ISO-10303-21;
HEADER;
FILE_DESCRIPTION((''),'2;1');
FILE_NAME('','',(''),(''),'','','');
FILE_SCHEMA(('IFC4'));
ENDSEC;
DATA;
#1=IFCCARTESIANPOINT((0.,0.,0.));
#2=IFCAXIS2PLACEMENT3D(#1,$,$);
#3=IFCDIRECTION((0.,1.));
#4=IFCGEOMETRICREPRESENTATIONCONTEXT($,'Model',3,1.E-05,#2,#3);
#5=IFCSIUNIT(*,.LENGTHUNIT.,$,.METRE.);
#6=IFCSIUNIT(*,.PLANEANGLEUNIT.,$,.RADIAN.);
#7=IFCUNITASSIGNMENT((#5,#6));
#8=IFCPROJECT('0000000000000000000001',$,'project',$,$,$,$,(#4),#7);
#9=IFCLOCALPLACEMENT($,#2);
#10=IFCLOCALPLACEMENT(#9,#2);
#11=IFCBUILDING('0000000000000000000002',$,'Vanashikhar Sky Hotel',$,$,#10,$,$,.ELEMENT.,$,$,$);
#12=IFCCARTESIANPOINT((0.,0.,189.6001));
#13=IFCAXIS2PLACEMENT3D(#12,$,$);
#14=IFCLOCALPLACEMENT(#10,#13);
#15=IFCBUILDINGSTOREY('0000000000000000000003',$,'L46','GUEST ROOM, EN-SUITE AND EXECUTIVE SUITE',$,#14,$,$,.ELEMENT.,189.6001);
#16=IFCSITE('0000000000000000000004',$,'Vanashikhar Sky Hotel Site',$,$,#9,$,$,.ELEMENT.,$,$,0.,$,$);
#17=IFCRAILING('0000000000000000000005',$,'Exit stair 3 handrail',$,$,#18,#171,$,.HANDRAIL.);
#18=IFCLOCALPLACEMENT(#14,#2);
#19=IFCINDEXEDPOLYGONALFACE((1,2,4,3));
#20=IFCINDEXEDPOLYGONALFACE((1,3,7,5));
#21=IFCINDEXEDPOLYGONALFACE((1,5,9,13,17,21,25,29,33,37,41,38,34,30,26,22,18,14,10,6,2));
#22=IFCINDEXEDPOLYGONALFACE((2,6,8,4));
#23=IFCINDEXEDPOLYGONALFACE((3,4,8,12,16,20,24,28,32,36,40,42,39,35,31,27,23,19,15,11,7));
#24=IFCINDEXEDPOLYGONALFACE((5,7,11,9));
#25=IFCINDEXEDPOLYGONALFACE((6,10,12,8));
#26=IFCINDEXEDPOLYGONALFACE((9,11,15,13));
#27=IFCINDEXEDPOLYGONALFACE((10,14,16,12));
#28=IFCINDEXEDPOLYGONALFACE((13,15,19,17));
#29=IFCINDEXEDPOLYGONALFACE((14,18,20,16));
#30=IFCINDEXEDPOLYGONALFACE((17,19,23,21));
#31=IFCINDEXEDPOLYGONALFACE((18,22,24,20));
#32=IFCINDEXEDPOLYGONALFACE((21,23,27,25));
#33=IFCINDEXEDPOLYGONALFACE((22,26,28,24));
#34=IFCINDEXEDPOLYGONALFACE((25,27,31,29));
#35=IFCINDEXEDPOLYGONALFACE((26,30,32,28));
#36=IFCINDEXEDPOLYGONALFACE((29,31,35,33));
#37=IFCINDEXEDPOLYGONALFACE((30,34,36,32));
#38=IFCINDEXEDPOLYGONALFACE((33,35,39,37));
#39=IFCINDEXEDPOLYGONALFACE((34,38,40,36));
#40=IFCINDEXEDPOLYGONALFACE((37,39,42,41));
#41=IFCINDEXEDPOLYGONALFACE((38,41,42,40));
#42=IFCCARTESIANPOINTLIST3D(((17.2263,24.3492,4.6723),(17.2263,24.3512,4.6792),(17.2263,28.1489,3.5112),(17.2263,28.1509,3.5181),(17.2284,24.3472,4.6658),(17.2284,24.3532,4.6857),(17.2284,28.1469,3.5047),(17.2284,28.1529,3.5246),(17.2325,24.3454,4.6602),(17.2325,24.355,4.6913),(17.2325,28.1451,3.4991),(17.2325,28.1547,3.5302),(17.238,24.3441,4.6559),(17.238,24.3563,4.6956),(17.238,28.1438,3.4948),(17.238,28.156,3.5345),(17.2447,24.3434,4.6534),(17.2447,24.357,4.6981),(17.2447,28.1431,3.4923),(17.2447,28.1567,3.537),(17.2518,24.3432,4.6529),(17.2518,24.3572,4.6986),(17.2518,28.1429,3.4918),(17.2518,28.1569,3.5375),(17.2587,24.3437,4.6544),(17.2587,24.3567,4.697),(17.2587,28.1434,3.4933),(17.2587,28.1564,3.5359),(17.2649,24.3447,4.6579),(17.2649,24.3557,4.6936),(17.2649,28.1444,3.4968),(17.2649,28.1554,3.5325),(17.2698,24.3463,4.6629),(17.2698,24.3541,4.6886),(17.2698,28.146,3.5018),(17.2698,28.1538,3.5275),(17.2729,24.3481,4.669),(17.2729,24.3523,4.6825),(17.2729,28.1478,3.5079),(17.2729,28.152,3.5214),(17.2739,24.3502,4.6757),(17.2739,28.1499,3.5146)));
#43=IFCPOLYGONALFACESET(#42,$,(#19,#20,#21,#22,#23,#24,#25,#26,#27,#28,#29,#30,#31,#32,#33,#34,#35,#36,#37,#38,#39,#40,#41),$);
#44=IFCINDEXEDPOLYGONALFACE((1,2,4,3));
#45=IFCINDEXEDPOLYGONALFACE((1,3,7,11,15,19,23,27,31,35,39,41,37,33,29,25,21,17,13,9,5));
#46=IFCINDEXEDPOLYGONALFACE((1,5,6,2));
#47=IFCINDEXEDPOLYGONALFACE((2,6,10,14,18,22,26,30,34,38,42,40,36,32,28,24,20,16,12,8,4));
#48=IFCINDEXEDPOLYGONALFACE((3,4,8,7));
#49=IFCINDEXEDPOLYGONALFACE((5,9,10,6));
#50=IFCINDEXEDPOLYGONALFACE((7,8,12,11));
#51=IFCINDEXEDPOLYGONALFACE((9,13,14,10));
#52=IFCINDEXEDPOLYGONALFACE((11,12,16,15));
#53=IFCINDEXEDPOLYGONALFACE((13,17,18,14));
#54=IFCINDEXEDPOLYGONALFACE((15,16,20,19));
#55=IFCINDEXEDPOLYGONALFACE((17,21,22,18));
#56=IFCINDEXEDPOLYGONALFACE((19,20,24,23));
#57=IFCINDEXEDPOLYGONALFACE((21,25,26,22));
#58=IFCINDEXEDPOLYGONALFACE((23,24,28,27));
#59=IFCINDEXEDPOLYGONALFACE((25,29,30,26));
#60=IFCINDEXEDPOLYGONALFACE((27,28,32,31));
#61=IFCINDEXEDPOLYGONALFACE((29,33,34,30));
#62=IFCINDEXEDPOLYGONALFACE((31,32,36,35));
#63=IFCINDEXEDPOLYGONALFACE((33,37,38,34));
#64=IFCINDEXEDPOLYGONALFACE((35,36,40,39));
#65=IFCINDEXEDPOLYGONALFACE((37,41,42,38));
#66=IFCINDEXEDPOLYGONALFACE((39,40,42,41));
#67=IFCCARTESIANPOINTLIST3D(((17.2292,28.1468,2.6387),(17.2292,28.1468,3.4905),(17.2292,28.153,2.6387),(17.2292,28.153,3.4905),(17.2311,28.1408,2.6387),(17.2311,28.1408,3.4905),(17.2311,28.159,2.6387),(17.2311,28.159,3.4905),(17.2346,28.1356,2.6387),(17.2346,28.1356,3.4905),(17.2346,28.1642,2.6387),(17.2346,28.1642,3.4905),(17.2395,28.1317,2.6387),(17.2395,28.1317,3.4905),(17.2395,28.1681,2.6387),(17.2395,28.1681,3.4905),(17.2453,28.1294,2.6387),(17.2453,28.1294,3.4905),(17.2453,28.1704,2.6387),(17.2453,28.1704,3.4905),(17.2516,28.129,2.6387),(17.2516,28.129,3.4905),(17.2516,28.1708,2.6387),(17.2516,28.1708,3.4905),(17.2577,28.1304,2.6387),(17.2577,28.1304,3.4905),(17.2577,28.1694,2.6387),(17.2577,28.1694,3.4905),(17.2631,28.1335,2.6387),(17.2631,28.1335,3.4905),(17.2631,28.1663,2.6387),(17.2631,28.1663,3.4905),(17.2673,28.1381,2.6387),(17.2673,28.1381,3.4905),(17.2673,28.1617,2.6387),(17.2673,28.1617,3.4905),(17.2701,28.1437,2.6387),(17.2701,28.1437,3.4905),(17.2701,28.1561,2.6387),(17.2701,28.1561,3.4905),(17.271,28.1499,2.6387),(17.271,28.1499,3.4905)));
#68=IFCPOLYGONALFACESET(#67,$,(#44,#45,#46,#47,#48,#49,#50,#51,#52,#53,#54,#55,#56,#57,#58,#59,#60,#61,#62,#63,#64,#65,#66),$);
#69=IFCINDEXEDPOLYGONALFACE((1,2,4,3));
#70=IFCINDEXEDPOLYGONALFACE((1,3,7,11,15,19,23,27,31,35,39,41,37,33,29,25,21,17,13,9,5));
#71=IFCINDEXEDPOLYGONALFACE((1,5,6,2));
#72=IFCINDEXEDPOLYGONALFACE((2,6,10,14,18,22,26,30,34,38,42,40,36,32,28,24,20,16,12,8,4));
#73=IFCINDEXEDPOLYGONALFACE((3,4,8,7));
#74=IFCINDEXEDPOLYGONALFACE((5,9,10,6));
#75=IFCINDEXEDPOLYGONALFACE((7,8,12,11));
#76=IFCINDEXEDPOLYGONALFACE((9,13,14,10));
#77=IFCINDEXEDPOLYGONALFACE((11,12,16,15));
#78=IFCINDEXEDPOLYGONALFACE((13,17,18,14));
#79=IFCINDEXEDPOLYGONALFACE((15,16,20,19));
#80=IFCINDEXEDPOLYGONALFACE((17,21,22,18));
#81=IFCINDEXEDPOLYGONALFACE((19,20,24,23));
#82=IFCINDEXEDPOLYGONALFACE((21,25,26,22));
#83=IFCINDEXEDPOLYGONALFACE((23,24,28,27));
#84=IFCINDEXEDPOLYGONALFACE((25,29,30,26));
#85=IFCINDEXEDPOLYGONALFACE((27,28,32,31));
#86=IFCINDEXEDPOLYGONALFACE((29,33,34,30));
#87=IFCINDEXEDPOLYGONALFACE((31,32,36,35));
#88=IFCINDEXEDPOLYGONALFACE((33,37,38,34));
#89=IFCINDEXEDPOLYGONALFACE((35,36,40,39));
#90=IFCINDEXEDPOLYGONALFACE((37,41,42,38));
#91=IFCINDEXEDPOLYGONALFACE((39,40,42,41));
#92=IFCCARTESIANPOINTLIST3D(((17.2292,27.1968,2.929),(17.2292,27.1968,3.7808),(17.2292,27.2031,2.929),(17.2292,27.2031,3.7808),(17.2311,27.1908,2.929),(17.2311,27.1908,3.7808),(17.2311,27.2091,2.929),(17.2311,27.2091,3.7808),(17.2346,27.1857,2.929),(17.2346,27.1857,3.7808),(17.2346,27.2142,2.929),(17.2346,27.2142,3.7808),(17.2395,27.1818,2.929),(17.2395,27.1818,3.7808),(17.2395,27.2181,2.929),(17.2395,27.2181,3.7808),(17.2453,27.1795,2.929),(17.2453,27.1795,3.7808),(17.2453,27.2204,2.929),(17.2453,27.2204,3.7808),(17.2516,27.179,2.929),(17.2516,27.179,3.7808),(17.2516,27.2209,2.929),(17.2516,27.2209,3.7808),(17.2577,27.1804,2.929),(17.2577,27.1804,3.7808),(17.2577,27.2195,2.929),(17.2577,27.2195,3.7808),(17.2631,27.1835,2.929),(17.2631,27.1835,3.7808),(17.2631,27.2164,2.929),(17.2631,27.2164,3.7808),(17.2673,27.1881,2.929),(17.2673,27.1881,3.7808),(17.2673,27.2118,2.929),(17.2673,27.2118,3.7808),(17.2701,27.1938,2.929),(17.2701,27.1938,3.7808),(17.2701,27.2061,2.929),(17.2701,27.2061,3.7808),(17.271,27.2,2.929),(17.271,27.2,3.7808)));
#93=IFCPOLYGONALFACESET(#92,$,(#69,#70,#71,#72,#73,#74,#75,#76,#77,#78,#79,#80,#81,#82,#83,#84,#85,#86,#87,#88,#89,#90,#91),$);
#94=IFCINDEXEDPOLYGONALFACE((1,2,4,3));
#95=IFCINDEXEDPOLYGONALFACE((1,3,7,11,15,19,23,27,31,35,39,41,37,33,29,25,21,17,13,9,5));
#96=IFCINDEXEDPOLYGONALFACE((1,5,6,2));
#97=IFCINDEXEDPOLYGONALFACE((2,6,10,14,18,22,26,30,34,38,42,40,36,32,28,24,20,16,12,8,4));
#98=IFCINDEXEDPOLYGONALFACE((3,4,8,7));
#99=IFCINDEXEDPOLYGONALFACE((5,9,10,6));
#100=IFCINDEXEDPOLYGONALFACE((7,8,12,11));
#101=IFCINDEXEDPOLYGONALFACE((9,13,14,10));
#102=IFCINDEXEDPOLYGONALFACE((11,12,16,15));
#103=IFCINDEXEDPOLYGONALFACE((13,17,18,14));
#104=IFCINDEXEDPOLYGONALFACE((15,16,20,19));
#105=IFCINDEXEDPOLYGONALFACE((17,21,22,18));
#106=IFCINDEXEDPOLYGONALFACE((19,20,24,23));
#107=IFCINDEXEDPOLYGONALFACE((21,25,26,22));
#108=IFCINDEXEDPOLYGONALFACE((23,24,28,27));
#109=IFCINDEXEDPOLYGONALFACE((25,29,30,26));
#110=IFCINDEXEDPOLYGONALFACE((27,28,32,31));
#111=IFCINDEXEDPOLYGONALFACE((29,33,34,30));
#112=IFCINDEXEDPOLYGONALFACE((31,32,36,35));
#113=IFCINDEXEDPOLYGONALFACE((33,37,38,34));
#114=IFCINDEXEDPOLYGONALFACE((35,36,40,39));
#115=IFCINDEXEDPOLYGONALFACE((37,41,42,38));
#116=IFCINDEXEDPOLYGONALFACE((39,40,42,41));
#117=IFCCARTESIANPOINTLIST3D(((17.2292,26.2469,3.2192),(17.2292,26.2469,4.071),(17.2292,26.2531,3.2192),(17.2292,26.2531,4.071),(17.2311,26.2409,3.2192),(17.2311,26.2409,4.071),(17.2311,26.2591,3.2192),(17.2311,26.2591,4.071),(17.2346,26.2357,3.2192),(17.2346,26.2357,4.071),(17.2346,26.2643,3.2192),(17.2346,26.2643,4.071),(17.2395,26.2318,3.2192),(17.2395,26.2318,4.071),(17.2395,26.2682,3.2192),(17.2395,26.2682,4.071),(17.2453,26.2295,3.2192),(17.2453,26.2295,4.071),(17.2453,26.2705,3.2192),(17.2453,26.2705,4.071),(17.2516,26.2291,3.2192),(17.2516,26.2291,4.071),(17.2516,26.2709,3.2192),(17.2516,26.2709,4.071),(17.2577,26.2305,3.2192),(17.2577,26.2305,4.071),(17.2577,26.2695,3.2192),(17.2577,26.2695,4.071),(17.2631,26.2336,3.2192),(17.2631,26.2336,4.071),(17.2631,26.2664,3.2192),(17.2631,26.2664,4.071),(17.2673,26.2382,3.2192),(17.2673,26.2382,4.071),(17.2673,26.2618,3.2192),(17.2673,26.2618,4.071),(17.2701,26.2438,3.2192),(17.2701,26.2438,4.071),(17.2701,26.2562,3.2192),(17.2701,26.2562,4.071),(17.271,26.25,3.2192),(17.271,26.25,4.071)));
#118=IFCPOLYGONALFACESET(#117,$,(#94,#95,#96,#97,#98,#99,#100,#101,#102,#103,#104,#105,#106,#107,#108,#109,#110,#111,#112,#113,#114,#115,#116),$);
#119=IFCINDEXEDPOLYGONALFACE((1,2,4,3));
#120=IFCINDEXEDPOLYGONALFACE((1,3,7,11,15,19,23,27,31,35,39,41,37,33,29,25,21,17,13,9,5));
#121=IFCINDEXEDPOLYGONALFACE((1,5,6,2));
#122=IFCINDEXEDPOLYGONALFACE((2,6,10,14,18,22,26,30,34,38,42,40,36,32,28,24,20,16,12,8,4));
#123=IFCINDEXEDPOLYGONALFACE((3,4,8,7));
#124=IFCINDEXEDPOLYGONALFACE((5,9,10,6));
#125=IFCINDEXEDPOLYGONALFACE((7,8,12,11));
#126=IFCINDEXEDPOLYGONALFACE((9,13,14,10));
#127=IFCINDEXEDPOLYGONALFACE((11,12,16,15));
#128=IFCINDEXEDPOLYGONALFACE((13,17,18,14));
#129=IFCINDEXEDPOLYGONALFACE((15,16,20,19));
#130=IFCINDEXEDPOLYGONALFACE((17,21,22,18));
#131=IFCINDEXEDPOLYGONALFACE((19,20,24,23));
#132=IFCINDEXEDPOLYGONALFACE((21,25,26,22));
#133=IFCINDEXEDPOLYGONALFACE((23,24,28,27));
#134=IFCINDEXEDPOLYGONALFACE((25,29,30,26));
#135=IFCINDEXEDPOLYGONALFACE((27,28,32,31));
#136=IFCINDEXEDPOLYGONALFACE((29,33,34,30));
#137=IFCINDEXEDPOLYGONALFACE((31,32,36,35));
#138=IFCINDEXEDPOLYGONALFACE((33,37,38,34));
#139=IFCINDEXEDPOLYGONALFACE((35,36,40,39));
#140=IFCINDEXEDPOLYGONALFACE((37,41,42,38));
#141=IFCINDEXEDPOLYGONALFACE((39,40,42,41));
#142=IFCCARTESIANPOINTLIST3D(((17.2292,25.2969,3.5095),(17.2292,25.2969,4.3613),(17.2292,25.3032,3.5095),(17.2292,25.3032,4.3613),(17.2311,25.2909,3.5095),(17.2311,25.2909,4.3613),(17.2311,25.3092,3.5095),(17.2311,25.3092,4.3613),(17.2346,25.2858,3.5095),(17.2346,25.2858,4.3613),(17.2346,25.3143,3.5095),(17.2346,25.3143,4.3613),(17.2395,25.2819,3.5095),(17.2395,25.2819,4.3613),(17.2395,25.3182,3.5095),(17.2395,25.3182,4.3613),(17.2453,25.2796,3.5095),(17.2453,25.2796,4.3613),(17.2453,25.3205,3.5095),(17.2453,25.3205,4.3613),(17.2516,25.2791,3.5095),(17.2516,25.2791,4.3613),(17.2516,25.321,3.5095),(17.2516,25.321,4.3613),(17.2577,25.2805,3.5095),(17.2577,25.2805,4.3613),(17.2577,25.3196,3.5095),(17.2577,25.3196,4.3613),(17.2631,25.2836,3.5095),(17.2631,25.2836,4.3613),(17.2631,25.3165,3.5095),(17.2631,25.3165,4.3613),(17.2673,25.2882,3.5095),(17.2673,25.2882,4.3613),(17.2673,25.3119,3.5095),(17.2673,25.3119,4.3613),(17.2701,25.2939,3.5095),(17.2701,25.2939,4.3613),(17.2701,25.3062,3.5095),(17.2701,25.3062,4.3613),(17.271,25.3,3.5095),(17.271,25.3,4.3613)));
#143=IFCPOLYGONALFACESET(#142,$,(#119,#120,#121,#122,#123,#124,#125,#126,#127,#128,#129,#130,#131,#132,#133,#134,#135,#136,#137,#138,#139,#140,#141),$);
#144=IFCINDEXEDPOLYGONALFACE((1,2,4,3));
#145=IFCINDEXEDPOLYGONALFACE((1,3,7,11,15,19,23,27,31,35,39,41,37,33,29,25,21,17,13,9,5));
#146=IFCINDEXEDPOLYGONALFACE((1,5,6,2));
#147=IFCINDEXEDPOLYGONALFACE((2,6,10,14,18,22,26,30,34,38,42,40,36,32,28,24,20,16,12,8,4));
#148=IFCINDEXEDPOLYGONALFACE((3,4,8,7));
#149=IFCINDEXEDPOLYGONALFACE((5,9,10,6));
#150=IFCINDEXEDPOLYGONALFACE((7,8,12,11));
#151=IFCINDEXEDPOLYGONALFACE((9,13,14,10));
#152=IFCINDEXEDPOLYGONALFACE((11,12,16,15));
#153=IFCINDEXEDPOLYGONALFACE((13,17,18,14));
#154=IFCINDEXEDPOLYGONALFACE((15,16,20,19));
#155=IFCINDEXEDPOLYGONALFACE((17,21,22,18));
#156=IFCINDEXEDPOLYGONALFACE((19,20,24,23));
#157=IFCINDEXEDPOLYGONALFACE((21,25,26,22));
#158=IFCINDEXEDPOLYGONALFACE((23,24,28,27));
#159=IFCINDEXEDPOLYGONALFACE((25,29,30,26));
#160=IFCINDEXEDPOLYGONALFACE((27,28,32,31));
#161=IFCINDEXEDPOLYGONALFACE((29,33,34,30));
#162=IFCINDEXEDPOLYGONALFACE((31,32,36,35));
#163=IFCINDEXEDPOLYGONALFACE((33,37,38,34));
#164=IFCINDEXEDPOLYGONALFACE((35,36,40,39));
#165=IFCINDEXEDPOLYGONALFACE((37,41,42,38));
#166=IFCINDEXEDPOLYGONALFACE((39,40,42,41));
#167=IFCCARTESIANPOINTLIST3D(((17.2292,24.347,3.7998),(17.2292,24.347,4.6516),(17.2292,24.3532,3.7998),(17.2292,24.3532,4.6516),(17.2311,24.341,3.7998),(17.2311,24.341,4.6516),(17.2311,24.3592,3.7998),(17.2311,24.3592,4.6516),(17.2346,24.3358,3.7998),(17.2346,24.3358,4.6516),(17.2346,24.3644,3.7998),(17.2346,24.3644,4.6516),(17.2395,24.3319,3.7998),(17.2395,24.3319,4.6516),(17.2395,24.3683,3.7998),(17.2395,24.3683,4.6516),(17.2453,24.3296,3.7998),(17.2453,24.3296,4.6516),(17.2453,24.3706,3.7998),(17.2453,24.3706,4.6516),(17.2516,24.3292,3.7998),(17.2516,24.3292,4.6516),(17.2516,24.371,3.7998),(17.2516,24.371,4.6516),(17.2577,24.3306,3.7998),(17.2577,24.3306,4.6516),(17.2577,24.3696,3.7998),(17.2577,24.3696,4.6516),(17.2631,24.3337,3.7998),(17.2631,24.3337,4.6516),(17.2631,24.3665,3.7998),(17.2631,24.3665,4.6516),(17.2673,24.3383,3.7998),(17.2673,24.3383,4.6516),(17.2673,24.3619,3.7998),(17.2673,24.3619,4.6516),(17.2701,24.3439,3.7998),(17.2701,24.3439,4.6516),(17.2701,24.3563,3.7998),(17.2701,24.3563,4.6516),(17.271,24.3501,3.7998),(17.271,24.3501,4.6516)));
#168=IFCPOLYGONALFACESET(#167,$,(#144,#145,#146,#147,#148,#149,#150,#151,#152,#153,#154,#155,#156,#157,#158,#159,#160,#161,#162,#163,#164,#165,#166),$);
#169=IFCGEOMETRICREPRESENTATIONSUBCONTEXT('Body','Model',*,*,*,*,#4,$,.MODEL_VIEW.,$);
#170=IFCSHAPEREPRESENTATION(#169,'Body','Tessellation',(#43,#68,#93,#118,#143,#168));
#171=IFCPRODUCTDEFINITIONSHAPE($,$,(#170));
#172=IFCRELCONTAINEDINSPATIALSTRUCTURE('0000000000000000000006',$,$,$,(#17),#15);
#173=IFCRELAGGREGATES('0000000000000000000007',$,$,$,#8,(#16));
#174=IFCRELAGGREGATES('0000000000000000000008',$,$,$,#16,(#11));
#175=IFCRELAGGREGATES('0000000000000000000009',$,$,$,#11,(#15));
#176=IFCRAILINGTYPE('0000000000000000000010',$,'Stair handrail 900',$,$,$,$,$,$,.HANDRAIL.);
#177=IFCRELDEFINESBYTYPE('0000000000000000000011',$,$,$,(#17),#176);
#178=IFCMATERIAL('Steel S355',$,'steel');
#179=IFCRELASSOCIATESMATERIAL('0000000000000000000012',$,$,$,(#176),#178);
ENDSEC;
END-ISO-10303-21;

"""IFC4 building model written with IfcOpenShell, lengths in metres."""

from ifc_helpers import new_model, si_unit, direction, frame, origin, origin_2d, place, context, subcontext, project, spatial, circle, extrude, source, transform, mapped, material, type_object, element, save


model = new_model("IFC4")

# Units and contexts
model_context = context("Model", 3, precision=1e-05, world=origin(), true_north=direction((0.0, 1.0)))
body_context = subcontext(model_context, "Body", "Model", "MODEL_VIEW")
ifc_project = project(units=[si_unit("LENGTHUNIT", "METRE"), si_unit("PLANEANGLEUNIT", "RADIAN")], contexts=[model_context])

# Site, building, storey
site_placement = place(None, origin())
site = spatial("IfcSite", under=ifc_project, at=site_placement, Name="Vanashikhar Sky Hotel Site", CompositionType="ELEMENT", RefElevation=0.0)
building_placement = place(site_placement, origin())
building = spatial("IfcBuilding", under=site, at=building_placement, Name="Vanashikhar Sky Hotel", CompositionType="ELEMENT")
storey_placement = place(building_placement, frame((0.0, 0.0, 189.6001)))
storey = spatial("IfcBuildingStorey", under=building, at=storey_placement, Name="L46", Description="GUEST ROOM, EN-SUITE AND EXECUTIVE SUITE", CompositionType="ELEMENT", Elevation=189.6001)

# Railing
ifc_material_1 = material(Name="Steel S355", Category="steel")
railing_type_1 = type_object("IfcRailingType", Name="Stair handrail 900", PredefinedType="HANDRAIL", material=ifc_material_1)
shared_shape_1 = source(origin(), body_context, "Body", "SweptSolid", [
    extrude(circle(Radius=0.0239, at=origin_2d()), frame((0.0, 0.0, 0.876), z_axis=(0.0, -0.956346, 0.292237), x_axis=(1.0, 0.0, 0.0)), (0.0, 0.0, 1.0), 3.9731),
    extrude(circle(Radius=0.021, at=origin_2d()), origin(), (0.0, 0.0, 1.0), 0.8518),
    extrude(circle(Radius=0.021, at=origin_2d()), frame((0.0, -0.95, 0.2903)), (0.0, 0.0, 1.0), 0.8518),
    extrude(circle(Radius=0.021, at=origin_2d()), frame((0.0, -1.8999, 0.5806)), (0.0, 0.0, 1.0), 0.8518),
    extrude(circle(Radius=0.021, at=origin_2d()), frame((0.0, -2.8499, 0.8708)), (0.0, 0.0, 1.0), 0.8518),
    extrude(circle(Radius=0.021, at=origin_2d()), frame((0.0, -3.7998, 1.1611)), (0.0, 0.0, 1.0), 0.8518),
])
for number, where, name in (
    (1, (17.25, 28.1499, 2.6387), "Exit stair 3 handrail"),
):
    element("IfcRailing", number, at=place(storey_placement, frame(where)), inside=storey, type_object=railing_type_1, Name=name, PredefinedType="HANDRAIL", context=body_context, shape_type="MappedRepresentation", body=[
        mapped(shared_shape_1, transform((0.0, 0.0, 0.0), scale=1.0)),
    ])

save(model, "model.ifc")
